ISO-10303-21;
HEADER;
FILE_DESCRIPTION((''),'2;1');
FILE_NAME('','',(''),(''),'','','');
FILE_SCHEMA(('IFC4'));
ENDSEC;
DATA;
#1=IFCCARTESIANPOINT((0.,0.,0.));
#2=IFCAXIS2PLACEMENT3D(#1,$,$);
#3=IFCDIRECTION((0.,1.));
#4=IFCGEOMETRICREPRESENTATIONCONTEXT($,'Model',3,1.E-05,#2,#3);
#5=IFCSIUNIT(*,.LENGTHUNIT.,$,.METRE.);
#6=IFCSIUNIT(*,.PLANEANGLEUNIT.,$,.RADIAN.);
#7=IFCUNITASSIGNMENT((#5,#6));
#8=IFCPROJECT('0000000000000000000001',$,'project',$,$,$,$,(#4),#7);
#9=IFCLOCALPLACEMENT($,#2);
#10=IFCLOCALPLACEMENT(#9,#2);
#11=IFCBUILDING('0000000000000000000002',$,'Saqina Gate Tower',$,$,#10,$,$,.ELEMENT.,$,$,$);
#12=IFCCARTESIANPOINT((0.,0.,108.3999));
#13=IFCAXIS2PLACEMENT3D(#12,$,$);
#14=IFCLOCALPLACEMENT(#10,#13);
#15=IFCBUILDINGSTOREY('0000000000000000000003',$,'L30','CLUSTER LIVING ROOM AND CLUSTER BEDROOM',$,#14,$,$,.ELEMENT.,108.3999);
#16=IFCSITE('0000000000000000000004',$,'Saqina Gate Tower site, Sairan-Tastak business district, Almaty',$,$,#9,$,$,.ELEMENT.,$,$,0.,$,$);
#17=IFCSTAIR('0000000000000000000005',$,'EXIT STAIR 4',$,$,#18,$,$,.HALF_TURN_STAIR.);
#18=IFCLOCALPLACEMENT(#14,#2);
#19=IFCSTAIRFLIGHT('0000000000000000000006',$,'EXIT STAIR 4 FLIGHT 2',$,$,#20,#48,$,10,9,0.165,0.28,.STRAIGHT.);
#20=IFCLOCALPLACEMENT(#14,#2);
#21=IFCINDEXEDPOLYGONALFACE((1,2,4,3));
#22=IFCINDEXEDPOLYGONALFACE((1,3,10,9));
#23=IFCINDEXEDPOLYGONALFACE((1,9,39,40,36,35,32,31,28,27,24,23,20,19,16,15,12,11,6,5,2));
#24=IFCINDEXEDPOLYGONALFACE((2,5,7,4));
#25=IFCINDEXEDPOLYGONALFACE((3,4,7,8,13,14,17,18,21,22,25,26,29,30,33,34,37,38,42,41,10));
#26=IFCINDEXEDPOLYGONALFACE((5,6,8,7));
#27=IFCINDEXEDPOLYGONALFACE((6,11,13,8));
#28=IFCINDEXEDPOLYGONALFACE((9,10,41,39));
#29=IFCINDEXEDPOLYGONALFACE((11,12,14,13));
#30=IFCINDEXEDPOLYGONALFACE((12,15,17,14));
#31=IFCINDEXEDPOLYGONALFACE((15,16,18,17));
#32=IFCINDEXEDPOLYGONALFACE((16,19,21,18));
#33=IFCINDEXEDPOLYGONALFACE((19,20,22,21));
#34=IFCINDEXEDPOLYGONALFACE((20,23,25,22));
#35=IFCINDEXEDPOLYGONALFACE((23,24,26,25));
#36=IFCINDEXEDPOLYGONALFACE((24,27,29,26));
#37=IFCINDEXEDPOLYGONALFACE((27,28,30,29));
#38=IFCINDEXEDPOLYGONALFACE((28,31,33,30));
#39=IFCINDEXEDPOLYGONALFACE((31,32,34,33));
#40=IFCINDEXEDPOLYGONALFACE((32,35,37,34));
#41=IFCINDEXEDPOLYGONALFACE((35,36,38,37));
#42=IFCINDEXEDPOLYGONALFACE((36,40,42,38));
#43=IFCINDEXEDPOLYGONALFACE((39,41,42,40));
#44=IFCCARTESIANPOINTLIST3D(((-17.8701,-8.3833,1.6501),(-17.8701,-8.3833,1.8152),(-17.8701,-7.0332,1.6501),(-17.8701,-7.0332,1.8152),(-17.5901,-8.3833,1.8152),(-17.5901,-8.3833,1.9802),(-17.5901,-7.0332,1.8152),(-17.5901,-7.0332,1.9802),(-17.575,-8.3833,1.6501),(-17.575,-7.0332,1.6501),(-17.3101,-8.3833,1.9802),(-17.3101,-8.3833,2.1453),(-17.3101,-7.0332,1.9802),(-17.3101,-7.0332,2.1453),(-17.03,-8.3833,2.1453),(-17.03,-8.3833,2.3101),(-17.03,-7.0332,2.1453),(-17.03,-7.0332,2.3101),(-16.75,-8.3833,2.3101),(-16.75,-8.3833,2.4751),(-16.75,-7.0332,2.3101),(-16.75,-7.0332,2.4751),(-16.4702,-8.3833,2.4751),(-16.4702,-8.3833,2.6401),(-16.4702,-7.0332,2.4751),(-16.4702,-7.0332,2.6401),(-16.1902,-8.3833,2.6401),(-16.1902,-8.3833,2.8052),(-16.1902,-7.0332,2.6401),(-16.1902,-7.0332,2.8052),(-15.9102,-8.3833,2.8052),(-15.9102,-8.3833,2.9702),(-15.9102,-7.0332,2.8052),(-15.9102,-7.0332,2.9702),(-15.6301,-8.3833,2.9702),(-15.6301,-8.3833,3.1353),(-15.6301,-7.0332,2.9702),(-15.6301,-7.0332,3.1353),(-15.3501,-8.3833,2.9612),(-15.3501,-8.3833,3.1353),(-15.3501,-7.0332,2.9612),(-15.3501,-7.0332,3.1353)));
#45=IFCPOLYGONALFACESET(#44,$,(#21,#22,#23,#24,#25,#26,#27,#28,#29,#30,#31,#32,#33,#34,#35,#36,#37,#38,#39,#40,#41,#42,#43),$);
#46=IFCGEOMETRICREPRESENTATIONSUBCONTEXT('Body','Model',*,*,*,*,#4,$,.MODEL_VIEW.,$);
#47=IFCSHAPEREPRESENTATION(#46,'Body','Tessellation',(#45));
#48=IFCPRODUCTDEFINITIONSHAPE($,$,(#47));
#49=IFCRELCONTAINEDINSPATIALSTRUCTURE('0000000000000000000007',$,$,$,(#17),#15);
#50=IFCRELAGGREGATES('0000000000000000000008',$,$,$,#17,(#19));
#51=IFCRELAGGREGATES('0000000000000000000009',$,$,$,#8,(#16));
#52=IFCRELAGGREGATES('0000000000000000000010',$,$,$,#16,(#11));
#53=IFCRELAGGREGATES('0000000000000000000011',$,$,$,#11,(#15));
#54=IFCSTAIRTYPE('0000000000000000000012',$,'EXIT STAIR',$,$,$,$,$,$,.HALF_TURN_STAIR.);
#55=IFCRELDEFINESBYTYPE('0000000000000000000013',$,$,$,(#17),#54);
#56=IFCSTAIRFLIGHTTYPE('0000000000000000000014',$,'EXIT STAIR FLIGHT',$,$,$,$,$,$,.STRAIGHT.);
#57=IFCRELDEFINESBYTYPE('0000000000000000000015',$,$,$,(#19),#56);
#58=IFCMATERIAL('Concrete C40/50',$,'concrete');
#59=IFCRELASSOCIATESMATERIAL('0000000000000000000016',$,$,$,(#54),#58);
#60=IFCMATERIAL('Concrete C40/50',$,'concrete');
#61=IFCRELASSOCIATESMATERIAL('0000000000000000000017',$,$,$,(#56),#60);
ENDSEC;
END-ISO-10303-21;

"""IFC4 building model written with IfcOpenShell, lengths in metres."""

from ifc_helpers import new_model, si_unit, direction, frame, origin, place, context, subcontext, project, spatial, polyline, outline, extrude, material, type_object, element, aggregate, save


model = new_model("IFC4")

# Units and contexts
model_context = context("Model", 3, precision=1e-05, world=origin(), true_north=direction((0.0, 1.0)))
body_context = subcontext(model_context, "Body", "Model", "MODEL_VIEW")
ifc_project = project(units=[si_unit("LENGTHUNIT", "METRE"), si_unit("PLANEANGLEUNIT", "RADIAN")], contexts=[model_context])

# Site, building, storey
site_placement = place(None, origin())
site = spatial("IfcSite", under=ifc_project, at=site_placement, Name="Saqina Gate Tower site, Sairan-Tastak business district, Almaty", CompositionType="ELEMENT", RefElevation=0.0)
building_placement = place(site_placement, origin())
building = spatial("IfcBuilding", under=site, at=building_placement, Name="Saqina Gate Tower", CompositionType="ELEMENT")
storey_placement = place(building_placement, frame((0.0, 0.0, 108.3999)))
storey = spatial("IfcBuildingStorey", under=building, at=storey_placement, Name="L30", Description="CLUSTER LIVING ROOM AND CLUSTER BEDROOM", CompositionType="ELEMENT", Elevation=108.3999)

# Stair, stair flight
ifc_material_1 = material(Name="Concrete C40/50", Category="concrete")
stair_type = type_object("IfcStairType", Name="EXIT STAIR", PredefinedType="HALF_TURN_STAIR", material=ifc_material_1)
stair_placement = place(storey_placement, origin())
stair = element("IfcStair", 1, at=stair_placement, inside=storey, type_object=stair_type, Name="EXIT STAIR 4", PredefinedType="HALF_TURN_STAIR")
ifc_material_2 = material(Name="Concrete C40/50", Category="concrete")
stair_flight_type = type_object("IfcStairFlightType", Name="EXIT STAIR FLIGHT", PredefinedType="STRAIGHT", material=ifc_material_2)
stair_flight_placement = place(storey_placement, frame((-17.8701, -7.7083, 1.6501), z_axis=(0.0, 0.0, 1.0), x_axis=(1.0, 0.0, 0.0)))
stair_flight = element("IfcStairFlight", 2, at=stair_flight_placement, type_object=stair_flight_type, Name="EXIT STAIR 4 FLIGHT 2", NumberOfRisers=10, NumberOfTreads=9, PredefinedType="STRAIGHT", RiserHeight=0.165, TreadLength=0.28, context=body_context, shape_type="SweptSolid", body=[
    extrude(outline(polyline([(0.0, 0.0), (0.0, 0.165), (0.28, 0.165), (0.28, 0.3301), (0.5601, 0.3301), (0.5601, 0.4951), (0.8401, 0.4951), (0.8401, 0.6599), (1.1201, 0.6599), (1.1201, 0.825), (1.3999, 0.825), (1.3999, 0.99), (1.6799, 0.99), (1.6799, 1.155), (1.96, 1.155), (1.96, 1.3201), (2.24, 1.3201), (2.24, 1.4851), (2.52, 1.4851), (2.52, 1.6499), (2.52, 1.311), (0.2952, 0.0), (0.0, 0.0)])), frame((0.0, 0.675, 0.0), z_axis=(0.0, -1.0, 0.0), x_axis=(1.0, 0.0, 0.0)), (0.0, 0.0, 1.0), 1.3501),
])
aggregate(stair, [stair_flight])

save(model, "model.ifc")
